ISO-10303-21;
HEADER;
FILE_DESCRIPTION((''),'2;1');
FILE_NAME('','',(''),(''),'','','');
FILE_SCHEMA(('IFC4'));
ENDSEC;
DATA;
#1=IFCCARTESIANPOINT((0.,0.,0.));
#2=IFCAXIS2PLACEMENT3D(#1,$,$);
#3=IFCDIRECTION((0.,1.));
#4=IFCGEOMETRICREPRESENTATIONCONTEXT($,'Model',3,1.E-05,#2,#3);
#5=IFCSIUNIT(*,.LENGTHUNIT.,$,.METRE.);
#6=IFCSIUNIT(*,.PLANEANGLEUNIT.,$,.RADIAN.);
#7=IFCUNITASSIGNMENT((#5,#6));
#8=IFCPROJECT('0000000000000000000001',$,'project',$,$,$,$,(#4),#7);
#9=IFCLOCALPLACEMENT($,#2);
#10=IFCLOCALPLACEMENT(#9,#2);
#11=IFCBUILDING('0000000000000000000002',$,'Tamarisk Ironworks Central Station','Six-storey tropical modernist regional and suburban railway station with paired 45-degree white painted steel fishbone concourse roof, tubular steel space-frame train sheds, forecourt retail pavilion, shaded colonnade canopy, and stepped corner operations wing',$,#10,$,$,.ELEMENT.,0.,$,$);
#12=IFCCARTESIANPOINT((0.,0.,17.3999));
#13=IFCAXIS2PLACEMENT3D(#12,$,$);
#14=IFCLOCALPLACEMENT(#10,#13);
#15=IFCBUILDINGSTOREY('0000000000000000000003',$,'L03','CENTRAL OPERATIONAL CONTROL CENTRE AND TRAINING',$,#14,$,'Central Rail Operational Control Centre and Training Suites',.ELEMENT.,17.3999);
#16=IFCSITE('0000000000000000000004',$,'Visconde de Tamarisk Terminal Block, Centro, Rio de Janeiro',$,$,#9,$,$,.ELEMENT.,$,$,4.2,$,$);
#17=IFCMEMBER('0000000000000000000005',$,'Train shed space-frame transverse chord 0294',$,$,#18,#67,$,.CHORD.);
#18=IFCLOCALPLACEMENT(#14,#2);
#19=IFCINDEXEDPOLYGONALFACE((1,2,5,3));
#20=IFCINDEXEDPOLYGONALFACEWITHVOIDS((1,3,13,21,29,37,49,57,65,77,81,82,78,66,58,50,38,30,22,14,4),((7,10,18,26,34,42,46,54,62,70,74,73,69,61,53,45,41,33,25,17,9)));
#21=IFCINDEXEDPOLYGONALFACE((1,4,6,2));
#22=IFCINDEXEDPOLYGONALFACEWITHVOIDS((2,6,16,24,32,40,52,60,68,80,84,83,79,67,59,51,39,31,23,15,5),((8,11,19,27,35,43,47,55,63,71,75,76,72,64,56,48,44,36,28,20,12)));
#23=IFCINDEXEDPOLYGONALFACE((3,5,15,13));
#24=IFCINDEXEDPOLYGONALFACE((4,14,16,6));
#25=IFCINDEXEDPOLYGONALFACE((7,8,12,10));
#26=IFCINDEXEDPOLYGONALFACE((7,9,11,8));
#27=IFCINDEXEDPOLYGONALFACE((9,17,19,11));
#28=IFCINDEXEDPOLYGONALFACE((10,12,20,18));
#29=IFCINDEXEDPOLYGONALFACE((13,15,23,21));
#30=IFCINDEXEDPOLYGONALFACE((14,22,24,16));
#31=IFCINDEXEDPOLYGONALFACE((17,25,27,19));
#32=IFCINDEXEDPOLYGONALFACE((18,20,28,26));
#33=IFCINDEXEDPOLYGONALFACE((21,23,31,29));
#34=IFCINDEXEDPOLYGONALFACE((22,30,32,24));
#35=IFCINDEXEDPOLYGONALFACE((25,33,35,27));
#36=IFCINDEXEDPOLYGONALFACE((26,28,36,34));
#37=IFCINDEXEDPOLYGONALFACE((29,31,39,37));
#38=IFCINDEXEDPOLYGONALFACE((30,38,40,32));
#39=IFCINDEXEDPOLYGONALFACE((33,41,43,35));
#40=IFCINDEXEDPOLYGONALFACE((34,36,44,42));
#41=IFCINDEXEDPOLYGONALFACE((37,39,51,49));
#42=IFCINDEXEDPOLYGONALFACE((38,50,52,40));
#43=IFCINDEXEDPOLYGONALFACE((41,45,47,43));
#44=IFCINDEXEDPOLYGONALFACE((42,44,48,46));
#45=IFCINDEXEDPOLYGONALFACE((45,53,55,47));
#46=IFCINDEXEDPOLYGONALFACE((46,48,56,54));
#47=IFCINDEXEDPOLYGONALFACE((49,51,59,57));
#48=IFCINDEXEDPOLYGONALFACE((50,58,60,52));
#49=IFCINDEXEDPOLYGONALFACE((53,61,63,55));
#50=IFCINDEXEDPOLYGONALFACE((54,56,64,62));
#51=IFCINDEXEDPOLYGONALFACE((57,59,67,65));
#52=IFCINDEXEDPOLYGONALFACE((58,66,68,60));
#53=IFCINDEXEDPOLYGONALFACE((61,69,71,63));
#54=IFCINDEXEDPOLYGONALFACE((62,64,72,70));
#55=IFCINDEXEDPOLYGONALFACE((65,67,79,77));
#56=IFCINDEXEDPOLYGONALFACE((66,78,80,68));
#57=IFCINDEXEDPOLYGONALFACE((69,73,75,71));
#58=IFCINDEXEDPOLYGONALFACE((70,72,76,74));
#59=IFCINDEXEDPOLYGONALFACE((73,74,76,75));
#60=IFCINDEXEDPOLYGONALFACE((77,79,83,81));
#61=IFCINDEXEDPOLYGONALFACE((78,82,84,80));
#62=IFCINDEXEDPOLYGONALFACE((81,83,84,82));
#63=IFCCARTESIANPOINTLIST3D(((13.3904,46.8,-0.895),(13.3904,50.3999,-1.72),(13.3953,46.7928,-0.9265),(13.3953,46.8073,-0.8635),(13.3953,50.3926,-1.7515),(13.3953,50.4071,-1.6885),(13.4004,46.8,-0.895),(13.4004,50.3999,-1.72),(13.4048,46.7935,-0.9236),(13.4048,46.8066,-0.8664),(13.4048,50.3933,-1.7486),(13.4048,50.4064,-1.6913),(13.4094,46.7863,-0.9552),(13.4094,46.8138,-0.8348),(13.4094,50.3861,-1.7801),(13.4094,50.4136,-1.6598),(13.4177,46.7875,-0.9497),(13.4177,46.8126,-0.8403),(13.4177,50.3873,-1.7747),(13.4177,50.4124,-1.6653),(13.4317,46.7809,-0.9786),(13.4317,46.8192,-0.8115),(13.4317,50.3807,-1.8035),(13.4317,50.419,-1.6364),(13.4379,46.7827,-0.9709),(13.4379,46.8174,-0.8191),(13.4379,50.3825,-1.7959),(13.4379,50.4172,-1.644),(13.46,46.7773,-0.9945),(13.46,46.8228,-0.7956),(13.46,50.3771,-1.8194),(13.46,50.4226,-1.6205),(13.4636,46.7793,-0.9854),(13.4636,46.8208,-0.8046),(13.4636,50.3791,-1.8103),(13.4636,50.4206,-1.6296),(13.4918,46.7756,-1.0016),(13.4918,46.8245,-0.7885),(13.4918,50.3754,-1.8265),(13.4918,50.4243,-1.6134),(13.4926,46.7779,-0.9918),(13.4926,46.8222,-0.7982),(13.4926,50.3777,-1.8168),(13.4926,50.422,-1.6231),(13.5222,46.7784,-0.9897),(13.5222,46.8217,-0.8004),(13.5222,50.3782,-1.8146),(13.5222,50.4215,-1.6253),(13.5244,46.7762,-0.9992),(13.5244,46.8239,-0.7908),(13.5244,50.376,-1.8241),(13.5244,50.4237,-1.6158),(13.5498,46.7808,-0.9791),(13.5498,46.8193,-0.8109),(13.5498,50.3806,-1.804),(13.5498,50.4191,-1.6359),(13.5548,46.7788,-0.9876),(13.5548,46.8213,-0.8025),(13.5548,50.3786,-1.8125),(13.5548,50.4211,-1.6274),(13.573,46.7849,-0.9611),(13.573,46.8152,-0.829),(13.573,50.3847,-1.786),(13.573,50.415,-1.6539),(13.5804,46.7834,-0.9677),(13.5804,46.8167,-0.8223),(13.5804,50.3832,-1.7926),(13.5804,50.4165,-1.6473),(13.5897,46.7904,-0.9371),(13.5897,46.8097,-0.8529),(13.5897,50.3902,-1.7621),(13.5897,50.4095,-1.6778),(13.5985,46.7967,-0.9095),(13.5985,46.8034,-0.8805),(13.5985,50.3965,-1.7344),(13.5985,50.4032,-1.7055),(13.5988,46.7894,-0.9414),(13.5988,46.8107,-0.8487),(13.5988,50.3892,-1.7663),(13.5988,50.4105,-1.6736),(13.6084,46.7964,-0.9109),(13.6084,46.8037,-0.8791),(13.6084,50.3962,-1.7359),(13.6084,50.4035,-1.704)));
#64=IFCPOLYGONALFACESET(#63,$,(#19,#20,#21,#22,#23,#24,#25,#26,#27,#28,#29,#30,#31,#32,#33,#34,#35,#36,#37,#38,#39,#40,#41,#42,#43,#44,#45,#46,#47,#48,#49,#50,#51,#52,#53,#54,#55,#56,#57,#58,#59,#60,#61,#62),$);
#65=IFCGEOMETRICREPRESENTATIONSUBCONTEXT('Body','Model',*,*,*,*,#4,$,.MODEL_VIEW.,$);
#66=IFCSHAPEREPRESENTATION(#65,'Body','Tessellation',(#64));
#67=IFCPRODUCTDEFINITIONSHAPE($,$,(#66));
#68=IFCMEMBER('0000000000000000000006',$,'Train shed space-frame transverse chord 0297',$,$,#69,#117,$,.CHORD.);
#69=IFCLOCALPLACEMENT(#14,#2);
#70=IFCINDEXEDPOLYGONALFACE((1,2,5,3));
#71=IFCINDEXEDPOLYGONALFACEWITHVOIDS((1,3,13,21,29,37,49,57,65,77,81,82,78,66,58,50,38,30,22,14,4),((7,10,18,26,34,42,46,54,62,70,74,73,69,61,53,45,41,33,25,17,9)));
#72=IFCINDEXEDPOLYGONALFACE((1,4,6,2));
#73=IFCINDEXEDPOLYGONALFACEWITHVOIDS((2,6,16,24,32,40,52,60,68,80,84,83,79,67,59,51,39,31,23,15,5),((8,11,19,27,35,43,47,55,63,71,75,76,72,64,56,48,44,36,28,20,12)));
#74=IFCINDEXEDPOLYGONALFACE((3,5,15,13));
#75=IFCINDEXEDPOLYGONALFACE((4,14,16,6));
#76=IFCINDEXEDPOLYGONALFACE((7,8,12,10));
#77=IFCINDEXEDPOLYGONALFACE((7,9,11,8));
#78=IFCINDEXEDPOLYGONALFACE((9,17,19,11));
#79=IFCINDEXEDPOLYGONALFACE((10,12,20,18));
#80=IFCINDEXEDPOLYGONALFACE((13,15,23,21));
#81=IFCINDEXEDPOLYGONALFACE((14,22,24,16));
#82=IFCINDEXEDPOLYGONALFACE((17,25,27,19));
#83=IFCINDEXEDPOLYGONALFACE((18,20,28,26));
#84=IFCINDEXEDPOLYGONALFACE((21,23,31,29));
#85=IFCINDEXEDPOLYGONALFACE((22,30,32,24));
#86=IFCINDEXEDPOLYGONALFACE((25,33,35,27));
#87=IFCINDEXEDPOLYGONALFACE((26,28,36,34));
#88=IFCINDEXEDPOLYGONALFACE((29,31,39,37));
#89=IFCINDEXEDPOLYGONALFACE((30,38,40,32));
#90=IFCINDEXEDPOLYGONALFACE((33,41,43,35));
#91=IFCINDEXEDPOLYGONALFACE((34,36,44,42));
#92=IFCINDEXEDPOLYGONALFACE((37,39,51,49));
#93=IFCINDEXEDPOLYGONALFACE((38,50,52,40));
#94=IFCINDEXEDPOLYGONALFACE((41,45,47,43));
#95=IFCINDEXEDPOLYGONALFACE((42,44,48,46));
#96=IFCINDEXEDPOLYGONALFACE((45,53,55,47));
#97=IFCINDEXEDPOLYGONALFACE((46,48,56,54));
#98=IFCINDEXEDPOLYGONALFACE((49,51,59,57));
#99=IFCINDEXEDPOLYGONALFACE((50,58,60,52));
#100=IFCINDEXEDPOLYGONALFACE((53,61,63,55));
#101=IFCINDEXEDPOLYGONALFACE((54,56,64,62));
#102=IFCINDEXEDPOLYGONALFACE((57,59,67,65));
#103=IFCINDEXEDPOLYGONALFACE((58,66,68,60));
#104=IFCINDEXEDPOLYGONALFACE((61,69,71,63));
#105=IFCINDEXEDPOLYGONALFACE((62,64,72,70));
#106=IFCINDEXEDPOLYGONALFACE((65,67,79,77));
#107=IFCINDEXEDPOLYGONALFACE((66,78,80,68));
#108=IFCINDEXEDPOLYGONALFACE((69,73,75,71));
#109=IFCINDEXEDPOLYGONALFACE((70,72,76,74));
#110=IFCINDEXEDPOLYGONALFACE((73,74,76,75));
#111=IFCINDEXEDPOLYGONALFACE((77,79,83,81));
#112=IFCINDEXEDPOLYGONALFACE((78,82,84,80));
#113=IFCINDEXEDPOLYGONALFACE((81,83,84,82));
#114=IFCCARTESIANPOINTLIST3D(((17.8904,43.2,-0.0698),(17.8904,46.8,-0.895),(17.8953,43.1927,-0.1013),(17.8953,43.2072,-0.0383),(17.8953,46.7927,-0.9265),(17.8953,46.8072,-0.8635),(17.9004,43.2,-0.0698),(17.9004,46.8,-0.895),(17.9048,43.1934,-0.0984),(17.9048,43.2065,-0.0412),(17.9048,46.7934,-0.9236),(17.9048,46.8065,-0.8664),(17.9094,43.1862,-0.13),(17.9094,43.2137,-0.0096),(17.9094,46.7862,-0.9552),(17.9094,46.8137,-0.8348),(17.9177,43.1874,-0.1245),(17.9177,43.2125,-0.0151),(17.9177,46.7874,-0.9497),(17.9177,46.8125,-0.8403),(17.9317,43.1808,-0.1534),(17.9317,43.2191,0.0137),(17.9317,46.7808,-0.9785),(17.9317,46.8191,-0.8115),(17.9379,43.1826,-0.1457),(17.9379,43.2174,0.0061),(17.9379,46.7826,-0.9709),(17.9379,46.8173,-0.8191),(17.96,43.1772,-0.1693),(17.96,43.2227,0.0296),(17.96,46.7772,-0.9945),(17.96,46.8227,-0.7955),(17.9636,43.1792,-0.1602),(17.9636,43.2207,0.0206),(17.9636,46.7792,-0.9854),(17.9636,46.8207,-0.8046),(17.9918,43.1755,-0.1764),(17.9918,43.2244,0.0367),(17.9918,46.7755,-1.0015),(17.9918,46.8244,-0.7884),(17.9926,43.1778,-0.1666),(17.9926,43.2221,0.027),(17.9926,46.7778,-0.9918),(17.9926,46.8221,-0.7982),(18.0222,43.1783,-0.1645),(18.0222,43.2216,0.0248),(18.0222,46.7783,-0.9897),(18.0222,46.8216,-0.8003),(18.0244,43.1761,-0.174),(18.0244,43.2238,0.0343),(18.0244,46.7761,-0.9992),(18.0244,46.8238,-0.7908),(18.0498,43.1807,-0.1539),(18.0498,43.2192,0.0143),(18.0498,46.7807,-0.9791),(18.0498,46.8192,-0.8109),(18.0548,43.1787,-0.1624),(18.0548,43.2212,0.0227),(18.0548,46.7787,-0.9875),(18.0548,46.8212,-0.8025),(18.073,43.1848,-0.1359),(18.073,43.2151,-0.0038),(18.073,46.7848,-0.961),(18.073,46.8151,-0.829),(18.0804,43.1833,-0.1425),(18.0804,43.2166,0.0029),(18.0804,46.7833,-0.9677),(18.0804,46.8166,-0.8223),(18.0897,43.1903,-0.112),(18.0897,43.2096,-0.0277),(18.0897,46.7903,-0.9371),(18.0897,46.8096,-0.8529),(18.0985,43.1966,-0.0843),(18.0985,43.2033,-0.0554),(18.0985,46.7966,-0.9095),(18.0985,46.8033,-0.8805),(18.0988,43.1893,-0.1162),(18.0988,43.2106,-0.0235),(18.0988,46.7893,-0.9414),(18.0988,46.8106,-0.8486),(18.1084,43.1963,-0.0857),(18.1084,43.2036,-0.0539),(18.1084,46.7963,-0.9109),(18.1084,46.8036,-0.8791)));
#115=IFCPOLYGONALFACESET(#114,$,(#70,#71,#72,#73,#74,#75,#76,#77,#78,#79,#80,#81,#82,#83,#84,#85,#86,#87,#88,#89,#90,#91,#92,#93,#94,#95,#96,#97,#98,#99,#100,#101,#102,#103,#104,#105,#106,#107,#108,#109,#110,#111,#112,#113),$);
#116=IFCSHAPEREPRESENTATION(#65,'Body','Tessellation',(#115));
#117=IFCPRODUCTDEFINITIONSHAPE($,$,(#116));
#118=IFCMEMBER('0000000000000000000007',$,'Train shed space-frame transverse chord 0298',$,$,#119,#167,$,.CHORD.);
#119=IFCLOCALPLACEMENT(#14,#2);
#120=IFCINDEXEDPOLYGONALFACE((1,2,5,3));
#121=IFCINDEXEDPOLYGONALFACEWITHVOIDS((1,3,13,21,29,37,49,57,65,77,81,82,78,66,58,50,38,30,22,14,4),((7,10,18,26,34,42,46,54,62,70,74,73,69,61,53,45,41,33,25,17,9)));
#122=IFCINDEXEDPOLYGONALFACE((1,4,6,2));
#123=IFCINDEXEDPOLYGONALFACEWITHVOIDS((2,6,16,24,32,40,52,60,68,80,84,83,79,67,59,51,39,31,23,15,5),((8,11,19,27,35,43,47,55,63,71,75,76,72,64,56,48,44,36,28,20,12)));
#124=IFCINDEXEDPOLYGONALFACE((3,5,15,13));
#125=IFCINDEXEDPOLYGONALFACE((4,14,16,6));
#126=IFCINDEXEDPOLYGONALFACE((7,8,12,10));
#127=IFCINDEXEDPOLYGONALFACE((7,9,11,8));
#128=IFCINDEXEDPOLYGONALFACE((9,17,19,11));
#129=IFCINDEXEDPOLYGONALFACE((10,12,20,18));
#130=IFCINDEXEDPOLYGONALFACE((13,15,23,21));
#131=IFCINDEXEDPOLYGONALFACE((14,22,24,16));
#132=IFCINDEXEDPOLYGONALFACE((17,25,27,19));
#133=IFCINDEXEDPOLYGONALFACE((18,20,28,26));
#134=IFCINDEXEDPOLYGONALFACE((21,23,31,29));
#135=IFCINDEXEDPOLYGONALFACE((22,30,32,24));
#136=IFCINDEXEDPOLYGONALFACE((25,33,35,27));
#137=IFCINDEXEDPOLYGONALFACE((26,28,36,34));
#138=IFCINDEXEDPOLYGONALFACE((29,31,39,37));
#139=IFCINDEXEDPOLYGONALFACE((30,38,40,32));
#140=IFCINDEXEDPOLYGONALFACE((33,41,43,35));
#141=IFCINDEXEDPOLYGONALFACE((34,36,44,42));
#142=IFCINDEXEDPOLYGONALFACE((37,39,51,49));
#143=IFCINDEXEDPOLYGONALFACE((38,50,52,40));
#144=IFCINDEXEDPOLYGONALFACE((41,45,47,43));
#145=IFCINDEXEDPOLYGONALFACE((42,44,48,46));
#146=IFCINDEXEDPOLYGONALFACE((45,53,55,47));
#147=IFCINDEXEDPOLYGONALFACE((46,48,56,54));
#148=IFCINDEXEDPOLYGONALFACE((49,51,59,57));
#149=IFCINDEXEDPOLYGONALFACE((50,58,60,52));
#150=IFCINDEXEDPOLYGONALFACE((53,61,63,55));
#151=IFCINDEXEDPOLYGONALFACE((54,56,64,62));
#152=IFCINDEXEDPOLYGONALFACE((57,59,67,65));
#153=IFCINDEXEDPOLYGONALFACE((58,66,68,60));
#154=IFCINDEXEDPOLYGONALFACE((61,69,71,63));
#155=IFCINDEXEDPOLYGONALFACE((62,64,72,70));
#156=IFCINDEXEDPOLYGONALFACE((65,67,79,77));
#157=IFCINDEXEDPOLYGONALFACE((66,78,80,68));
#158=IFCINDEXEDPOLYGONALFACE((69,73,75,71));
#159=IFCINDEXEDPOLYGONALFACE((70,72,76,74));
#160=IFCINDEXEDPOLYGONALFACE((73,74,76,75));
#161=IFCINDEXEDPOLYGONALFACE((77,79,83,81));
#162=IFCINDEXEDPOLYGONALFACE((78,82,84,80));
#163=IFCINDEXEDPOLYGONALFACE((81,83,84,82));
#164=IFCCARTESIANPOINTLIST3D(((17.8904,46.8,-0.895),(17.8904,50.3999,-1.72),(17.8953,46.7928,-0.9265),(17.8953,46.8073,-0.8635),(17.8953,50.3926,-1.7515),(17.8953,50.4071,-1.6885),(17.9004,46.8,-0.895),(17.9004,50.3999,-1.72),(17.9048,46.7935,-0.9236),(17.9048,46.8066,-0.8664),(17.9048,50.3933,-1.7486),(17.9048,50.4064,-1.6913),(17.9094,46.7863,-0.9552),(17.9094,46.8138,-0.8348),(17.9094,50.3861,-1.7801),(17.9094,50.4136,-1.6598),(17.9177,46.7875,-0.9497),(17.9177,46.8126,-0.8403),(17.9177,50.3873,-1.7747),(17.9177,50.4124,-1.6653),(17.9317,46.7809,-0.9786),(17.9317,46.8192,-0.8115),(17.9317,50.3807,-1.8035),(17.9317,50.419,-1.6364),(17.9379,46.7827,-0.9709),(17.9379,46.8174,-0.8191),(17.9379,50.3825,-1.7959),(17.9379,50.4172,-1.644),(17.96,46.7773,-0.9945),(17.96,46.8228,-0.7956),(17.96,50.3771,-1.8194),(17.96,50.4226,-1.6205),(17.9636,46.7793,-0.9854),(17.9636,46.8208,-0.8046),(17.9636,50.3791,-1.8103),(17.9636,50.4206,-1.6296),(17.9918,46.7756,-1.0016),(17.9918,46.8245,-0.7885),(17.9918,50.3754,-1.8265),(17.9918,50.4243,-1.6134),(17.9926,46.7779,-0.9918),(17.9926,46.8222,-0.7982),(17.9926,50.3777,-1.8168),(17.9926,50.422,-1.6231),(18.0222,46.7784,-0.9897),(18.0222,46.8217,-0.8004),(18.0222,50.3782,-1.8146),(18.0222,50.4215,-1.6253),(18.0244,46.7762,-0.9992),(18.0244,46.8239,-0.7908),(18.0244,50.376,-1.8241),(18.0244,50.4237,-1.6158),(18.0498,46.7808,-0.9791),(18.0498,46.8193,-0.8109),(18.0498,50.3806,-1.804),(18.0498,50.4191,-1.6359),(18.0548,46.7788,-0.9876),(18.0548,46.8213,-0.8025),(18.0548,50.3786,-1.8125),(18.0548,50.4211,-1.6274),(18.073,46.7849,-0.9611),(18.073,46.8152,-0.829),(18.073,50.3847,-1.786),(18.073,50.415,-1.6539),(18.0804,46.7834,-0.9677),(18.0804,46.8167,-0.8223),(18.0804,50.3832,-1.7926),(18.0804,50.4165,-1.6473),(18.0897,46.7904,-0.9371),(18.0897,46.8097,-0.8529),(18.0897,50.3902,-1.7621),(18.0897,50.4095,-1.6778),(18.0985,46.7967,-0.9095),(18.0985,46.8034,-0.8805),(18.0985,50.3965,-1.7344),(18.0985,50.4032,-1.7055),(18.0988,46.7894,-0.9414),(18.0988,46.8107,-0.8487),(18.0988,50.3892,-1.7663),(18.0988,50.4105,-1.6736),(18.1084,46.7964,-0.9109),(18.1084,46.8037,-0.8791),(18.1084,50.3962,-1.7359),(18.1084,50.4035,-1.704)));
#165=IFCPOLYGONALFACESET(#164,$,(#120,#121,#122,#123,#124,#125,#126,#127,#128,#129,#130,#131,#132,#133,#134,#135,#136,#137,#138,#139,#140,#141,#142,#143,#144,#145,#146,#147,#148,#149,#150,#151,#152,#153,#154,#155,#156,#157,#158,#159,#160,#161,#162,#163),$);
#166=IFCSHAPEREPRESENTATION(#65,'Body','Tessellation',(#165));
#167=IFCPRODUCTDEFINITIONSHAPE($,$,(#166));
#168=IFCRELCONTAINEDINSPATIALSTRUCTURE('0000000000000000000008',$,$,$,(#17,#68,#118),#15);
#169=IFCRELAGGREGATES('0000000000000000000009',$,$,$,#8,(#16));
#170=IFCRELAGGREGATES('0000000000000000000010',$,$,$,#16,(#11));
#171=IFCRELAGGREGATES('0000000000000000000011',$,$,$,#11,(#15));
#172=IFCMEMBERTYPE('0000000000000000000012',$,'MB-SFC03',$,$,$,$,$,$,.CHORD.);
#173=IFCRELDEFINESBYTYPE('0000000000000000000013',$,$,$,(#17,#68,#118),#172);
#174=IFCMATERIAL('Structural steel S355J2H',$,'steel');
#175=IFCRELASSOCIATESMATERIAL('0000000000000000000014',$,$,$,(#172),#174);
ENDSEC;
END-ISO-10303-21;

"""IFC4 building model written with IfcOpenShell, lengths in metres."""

from ifc_helpers import new_model, si_unit, direction, frame, origin, origin_2d, place, context, subcontext, project, spatial, hollow_circle, extrude, material, material_profile, profile_set, type_object, element, save


model = new_model("IFC4")

# Units and contexts
model_context = context("Model", 3, precision=1e-05, world=origin(), true_north=direction((0.0, 1.0)))
body_context = subcontext(model_context, "Body", "Model", "MODEL_VIEW")
ifc_project = project(units=[si_unit("LENGTHUNIT", "METRE"), si_unit("PLANEANGLEUNIT", "RADIAN")], contexts=[model_context])

# Site, building, storey
site_placement = place(None, origin())
site = spatial("IfcSite", under=ifc_project, at=site_placement, Name="Visconde de Tamarisk Terminal Block, Centro, Rio de Janeiro", CompositionType="ELEMENT", RefElevation=4.2)
building_placement = place(site_placement, origin())
building = spatial("IfcBuilding", under=site, at=building_placement, Name="Tamarisk Ironworks Central Station", Description="Six-storey tropical modernist regional and suburban railway station with paired 45-degree white painted steel fishbone concourse roof, tubular steel space-frame train sheds, forecourt retail pavilion, shaded colonnade canopy, and stepped corner operations wing", CompositionType="ELEMENT", ElevationOfRefHeight=0.0)
storey_placement = place(building_placement, frame((0.0, 0.0, 17.3999)))
storey = spatial("IfcBuildingStorey", under=building, at=storey_placement, Name="L03", Description="CENTRAL OPERATIONAL CONTROL CENTRE AND TRAINING", LongName="Central Rail Operational Control Centre and Training Suites", CompositionType="ELEMENT", Elevation=17.3999)

# Members
ifc_material = material(Name="Structural steel S355J2H", Category="steel")
ifc_material_profile_1 = material_profile(ifc_material, hollow_circle(Radius=0.1096, WallThickness=0.01, at=origin_2d()), Name="CHS 219.1x10")
ifc_profile_set_1 = profile_set([ifc_material_profile_1], Name="Structural steel S355J2H")
member_type_1 = type_object("IfcMemberType", Name="MB-SFC03", PredefinedType="CHORD", material=ifc_profile_set_1)
member_1_placement = place(storey_placement, frame((13.5, 46.8, -0.895), z_axis=(0.0, 0.974733, -0.223372), x_axis=(-1.0, 0.0, 0.0)))
element("IfcMember", 1, at=member_1_placement, inside=storey, type_object=member_type_1, Name="Train shed space-frame transverse chord 0294", PredefinedType="CHORD", context=body_context, shape_type="SweptSolid", body=[
    extrude(hollow_circle(Radius=0.1096, WallThickness=0.01, at=origin_2d()), origin(), (0.0, 0.0, 1.0), 3.6931),
])
member_2_placement = place(storey_placement, frame((18.0, 43.2, -0.0698), z_axis=(0.0, 0.974722, -0.223421), x_axis=(-1.0, 0.0, 0.0)))
element("IfcMember", 2, at=member_2_placement, inside=storey, type_object=member_type_1, Name="Train shed space-frame transverse chord 0297", PredefinedType="CHORD", context=body_context, shape_type="SweptSolid", body=[
    extrude(hollow_circle(Radius=0.1096, WallThickness=0.01, at=origin_2d()), origin(), (0.0, 0.0, 1.0), 3.6934),
])
member_3_placement = place(storey_placement, frame((18.0, 46.8, -0.895), z_axis=(0.0, 0.974733, -0.223372), x_axis=(-1.0, 0.0, 0.0)))
element("IfcMember", 3, at=member_3_placement, inside=storey, type_object=member_type_1, Name="Train shed space-frame transverse chord 0298", PredefinedType="CHORD", context=body_context, shape_type="SweptSolid", body=[
    extrude(hollow_circle(Radius=0.1096, WallThickness=0.01, at=origin_2d()), origin(), (0.0, 0.0, 1.0), 3.6931),
])

save(model, "model.ifc")
